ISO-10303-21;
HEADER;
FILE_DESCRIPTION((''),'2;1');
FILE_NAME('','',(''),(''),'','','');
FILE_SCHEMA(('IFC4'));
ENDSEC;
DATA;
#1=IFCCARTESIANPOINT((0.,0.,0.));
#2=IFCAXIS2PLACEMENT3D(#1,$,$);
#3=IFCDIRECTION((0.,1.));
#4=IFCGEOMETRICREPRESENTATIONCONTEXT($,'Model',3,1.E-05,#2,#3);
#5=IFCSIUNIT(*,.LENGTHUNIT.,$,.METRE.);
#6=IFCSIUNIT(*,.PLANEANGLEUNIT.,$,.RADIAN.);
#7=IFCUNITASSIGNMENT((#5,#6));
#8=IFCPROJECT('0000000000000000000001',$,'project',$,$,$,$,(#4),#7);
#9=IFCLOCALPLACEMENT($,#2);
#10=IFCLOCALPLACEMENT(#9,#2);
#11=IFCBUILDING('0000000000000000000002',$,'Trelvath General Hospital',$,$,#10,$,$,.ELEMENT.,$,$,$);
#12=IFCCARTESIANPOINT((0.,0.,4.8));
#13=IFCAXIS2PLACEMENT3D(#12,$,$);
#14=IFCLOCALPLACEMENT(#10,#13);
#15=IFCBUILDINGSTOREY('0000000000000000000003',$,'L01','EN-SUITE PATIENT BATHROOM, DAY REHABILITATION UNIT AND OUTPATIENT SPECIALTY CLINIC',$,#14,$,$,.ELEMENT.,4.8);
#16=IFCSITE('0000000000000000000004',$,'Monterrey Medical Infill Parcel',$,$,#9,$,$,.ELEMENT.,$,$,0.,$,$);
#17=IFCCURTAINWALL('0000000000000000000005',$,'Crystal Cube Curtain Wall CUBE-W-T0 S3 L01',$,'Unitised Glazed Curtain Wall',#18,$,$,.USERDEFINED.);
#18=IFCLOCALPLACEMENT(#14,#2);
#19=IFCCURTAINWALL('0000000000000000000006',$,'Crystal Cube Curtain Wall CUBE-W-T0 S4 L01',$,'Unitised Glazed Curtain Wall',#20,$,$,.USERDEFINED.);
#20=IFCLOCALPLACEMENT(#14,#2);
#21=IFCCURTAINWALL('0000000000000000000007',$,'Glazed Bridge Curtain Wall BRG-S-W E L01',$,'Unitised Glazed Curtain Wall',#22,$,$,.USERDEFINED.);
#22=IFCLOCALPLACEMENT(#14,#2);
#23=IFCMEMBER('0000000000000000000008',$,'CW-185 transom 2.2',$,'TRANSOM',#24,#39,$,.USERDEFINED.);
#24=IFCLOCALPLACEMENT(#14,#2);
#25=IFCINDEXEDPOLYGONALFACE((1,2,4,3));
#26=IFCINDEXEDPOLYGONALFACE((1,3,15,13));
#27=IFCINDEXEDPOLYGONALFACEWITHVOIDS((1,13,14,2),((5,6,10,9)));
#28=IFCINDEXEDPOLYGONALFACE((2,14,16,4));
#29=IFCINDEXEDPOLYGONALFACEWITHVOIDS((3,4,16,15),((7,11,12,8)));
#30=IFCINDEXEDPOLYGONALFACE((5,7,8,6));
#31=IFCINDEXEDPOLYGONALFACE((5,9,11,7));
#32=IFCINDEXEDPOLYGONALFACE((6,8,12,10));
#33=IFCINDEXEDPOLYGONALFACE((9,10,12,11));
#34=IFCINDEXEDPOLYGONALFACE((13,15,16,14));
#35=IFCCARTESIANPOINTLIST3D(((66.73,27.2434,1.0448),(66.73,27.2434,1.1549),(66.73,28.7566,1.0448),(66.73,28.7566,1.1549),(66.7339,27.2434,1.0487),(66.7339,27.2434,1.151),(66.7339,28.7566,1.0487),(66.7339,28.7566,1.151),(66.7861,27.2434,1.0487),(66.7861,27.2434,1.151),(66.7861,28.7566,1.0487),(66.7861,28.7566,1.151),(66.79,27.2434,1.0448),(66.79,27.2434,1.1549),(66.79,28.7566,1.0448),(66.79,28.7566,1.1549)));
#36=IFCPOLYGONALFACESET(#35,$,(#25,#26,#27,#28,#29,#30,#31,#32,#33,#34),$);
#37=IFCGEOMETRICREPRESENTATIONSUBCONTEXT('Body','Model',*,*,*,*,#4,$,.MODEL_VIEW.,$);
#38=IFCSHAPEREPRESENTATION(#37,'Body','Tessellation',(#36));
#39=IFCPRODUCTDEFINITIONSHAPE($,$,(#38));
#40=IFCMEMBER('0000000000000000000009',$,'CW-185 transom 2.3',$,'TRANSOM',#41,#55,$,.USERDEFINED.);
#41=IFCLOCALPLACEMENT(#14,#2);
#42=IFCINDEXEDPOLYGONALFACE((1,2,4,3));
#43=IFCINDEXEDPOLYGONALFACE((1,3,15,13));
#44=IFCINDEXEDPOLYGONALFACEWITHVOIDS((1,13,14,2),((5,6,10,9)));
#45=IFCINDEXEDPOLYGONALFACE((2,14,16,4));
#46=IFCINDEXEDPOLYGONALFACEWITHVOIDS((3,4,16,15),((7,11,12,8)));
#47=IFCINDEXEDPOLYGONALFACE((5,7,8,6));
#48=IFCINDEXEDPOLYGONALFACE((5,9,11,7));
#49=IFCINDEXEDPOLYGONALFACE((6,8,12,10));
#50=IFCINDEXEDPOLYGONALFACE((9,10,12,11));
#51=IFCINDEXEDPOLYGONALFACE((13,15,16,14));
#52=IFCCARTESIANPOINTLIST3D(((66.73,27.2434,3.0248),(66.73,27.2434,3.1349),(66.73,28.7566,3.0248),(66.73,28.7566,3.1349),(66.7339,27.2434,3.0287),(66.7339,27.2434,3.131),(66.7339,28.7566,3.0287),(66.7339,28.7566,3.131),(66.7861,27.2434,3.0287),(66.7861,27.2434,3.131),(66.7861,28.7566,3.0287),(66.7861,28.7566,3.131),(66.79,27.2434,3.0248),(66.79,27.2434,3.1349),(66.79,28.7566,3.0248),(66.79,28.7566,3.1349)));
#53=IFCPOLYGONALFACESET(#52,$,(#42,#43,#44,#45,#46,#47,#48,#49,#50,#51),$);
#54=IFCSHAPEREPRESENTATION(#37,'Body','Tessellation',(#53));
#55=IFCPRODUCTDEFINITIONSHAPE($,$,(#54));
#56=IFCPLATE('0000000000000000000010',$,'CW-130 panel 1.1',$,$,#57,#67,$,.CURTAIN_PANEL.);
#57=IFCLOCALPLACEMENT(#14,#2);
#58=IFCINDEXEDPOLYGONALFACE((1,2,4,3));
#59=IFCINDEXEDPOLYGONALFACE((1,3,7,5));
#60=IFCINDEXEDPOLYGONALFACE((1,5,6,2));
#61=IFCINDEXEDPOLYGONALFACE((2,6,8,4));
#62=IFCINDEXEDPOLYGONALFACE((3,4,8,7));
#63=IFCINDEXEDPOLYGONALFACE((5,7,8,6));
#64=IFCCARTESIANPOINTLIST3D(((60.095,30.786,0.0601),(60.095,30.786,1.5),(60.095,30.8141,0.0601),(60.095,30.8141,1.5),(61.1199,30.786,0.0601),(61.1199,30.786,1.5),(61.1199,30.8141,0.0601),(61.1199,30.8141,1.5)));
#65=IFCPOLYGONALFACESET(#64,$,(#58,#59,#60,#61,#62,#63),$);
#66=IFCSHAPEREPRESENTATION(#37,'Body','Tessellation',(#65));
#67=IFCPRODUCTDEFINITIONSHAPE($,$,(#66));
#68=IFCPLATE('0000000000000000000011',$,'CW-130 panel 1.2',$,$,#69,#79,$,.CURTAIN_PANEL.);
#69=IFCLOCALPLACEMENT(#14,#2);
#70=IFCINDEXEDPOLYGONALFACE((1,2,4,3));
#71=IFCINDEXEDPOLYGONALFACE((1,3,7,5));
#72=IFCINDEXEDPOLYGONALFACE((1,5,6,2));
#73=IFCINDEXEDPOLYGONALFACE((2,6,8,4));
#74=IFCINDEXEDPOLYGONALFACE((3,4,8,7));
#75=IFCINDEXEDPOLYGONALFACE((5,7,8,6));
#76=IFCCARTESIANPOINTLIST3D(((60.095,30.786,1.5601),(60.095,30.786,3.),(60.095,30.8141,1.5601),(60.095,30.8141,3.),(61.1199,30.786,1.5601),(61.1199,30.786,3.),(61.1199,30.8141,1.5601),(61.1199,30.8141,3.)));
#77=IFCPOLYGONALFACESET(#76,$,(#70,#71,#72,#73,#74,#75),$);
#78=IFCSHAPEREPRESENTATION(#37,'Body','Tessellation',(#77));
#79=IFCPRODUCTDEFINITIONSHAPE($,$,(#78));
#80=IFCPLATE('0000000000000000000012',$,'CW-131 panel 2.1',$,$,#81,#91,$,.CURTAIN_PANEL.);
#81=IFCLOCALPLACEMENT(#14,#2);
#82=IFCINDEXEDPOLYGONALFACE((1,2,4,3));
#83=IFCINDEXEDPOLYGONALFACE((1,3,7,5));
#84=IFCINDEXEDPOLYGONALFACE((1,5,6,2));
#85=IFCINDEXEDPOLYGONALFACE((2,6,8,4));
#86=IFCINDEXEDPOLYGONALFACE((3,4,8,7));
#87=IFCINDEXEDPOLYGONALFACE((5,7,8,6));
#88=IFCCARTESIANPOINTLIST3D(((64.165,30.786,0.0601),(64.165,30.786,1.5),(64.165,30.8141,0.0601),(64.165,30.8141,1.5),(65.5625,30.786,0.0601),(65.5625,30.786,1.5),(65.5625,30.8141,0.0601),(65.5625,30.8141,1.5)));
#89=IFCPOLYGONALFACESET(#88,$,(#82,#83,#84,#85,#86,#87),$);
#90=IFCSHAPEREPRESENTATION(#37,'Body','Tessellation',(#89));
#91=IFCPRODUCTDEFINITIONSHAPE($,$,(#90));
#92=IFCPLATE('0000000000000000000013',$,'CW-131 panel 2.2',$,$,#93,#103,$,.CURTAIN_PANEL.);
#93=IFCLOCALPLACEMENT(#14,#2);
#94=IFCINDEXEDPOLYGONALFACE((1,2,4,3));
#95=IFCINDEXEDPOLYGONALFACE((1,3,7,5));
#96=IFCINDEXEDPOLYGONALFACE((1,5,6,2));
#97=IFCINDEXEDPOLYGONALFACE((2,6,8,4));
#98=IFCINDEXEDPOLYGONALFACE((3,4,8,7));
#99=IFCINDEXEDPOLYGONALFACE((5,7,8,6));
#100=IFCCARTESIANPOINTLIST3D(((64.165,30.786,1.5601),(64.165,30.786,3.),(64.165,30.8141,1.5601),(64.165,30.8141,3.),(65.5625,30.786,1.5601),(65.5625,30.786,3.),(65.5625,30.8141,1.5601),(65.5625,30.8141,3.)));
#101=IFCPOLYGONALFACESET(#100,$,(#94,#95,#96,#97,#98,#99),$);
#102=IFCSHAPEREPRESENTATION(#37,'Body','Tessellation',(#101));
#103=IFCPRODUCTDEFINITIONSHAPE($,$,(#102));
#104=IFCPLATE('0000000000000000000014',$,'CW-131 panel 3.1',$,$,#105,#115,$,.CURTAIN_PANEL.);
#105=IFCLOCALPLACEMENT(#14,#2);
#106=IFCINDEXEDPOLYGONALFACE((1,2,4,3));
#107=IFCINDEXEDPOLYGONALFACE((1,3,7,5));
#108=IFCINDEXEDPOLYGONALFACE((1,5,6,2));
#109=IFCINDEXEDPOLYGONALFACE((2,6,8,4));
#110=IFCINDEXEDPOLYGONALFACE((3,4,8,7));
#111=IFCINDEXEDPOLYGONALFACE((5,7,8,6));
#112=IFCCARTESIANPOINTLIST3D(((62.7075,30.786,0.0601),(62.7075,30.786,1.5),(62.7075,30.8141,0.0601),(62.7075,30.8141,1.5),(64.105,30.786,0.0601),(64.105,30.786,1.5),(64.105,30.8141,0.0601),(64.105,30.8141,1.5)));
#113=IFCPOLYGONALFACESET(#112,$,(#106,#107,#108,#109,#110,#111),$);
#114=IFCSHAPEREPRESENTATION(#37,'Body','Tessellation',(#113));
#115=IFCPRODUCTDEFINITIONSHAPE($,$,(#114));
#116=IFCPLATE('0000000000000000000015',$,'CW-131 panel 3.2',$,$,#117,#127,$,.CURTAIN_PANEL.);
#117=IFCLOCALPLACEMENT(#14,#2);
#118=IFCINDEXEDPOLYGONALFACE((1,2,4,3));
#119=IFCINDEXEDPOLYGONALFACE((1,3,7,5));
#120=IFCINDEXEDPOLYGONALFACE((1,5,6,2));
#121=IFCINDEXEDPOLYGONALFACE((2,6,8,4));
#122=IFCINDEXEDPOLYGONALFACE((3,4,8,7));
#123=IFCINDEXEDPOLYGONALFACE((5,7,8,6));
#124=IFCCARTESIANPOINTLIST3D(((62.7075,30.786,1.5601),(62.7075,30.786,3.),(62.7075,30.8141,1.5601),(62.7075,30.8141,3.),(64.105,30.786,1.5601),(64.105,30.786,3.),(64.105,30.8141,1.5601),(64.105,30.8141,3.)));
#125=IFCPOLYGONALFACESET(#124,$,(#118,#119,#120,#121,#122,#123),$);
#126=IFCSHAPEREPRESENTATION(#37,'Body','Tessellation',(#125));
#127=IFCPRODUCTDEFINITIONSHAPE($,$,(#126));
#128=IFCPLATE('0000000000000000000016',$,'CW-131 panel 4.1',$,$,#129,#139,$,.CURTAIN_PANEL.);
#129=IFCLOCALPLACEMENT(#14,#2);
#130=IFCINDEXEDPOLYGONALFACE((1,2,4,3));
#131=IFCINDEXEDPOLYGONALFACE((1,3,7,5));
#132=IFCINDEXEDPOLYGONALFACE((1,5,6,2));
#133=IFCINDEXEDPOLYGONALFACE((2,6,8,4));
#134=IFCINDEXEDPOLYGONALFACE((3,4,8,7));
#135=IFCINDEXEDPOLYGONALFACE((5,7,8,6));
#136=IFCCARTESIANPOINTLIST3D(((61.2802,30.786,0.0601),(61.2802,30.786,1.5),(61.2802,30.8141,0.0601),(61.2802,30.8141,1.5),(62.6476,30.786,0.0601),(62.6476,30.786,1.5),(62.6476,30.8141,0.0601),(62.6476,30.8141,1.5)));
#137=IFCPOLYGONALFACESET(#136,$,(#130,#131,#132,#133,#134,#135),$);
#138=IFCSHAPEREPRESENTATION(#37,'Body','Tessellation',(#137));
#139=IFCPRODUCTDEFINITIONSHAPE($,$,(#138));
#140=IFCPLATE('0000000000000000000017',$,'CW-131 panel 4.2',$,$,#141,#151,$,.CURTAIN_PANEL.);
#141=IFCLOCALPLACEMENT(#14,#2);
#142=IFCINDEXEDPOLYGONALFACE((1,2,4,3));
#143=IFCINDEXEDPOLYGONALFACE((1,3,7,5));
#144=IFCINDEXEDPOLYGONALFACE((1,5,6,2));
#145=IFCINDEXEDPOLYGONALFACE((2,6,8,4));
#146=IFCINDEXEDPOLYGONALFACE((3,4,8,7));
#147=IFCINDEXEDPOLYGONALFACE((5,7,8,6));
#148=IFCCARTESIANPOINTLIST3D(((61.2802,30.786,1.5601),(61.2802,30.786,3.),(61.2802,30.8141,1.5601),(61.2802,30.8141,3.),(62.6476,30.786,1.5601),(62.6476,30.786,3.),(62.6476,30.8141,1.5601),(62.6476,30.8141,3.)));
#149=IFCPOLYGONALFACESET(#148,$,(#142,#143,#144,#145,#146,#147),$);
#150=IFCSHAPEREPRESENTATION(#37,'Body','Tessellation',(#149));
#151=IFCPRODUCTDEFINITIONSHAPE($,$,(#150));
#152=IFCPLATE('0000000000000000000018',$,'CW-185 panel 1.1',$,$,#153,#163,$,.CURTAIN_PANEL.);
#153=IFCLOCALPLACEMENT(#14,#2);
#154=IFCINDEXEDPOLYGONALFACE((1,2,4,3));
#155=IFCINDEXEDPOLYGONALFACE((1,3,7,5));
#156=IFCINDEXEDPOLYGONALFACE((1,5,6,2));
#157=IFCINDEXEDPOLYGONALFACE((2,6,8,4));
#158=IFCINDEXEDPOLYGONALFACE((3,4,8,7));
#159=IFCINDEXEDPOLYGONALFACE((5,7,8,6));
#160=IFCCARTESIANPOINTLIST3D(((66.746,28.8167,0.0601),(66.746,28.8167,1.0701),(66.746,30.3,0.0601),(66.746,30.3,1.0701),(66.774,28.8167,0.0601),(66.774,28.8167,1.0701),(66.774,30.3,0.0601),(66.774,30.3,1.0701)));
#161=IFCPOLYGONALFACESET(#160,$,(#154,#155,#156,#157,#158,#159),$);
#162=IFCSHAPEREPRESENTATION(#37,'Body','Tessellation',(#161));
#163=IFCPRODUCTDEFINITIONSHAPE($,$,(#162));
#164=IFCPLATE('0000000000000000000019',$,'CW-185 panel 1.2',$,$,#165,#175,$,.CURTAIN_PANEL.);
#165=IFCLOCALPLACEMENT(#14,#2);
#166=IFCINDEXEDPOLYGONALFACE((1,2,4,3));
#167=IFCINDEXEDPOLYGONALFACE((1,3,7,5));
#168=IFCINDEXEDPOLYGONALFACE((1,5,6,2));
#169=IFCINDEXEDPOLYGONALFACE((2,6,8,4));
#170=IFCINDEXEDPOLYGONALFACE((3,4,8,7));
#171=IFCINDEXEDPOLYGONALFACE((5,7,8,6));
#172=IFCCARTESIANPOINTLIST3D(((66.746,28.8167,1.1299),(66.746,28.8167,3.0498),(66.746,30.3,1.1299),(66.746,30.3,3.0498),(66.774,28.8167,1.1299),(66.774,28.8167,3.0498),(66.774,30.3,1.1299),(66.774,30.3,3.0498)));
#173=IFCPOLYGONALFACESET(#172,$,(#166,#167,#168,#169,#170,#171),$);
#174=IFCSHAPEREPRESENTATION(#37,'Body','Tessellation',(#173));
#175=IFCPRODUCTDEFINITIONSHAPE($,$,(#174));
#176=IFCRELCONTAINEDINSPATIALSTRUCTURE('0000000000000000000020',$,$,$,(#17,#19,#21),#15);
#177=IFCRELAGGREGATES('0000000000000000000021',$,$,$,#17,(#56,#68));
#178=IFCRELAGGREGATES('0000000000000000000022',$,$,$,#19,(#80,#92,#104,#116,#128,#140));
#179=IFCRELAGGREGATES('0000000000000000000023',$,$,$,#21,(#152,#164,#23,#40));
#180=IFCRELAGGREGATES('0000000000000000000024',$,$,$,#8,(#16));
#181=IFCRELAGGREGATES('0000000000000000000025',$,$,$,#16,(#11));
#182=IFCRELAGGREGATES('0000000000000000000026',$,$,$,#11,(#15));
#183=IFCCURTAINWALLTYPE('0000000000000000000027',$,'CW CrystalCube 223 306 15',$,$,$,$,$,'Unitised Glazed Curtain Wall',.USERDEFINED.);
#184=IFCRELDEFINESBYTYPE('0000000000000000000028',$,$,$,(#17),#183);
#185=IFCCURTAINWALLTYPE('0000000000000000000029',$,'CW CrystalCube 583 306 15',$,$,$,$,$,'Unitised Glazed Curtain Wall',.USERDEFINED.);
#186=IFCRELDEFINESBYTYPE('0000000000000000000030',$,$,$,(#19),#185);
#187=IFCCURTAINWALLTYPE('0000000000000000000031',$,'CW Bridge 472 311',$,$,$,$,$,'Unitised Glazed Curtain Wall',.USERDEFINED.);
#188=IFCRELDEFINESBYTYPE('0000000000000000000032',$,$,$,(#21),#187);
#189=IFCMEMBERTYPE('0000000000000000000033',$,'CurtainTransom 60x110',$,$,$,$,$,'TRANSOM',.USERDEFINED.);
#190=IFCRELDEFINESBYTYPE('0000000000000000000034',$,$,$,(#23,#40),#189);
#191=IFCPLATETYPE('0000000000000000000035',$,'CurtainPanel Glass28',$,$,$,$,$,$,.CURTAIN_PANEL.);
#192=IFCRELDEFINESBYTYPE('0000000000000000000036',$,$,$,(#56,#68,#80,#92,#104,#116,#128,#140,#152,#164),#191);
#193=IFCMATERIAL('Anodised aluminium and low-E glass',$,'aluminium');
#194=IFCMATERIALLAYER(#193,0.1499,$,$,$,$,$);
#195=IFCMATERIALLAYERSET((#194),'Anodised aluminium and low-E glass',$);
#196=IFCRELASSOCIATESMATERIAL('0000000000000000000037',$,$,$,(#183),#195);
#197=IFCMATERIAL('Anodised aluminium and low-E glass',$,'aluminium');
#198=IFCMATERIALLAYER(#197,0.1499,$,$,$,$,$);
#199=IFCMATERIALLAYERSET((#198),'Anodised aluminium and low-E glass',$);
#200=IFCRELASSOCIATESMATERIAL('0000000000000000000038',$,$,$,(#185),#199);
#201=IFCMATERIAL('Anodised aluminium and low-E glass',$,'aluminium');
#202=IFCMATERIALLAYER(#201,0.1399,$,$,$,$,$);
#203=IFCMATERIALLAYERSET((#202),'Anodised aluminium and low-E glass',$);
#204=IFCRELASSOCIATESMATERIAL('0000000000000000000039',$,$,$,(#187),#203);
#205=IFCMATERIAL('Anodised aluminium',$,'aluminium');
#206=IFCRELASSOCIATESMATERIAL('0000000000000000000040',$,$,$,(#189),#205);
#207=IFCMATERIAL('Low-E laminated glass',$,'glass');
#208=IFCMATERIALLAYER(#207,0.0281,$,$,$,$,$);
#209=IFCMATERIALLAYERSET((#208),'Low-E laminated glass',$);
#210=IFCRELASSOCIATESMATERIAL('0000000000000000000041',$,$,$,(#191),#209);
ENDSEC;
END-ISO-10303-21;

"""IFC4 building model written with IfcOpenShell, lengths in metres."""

from ifc_helpers import new_model, si_unit, direction, frame, origin, origin_2d, place, context, subcontext, project, spatial, rectangle, hollow_rectangle, extrude, material, layer, layer_set, material_profile, profile_set, type_object, element, aggregate, save


model = new_model("IFC4")

# Units and contexts
model_context = context("Model", 3, precision=1e-05, world=origin(), true_north=direction((0.0, 1.0)))
body_context = subcontext(model_context, "Body", "Model", "MODEL_VIEW")
ifc_project = project(units=[si_unit("LENGTHUNIT", "METRE"), si_unit("PLANEANGLEUNIT", "RADIAN")], contexts=[model_context])

# Site, building, storey
site_placement = place(None, origin())
site = spatial("IfcSite", under=ifc_project, at=site_placement, Name="Monterrey Medical Infill Parcel", CompositionType="ELEMENT", RefElevation=0.0)
building_placement = place(site_placement, origin())
building = spatial("IfcBuilding", under=site, at=building_placement, Name="Trelvath General Hospital", CompositionType="ELEMENT")
storey_placement = place(building_placement, frame((0.0, 0.0, 4.8)))
storey = spatial("IfcBuildingStorey", under=building, at=storey_placement, Name="L01", Description="EN-SUITE PATIENT BATHROOM, DAY REHABILITATION UNIT AND OUTPATIENT SPECIALTY CLINIC", CompositionType="ELEMENT", Elevation=4.8)

# Curtain wall
ifc_material_1 = material(Name="Anodised aluminium and low-E glass", Category="aluminium")
ifc_layer_1 = layer(ifc_material_1, 0.1499)
ifc_layer_set_1 = layer_set([ifc_layer_1], Name="Anodised aluminium and low-E glass")
curtain_wall_type_1 = type_object("IfcCurtainWallType", Name="CW CrystalCube 223 306 15", ElementType="Unitised Glazed Curtain Wall", PredefinedType="USERDEFINED", material=ifc_layer_set_1)
curtain_wall_1_placement = place(storey_placement, origin())
curtain_wall_1 = element("IfcCurtainWall", 1, at=curtain_wall_1_placement, inside=storey, type_object=curtain_wall_type_1, Name="Crystal Cube Curtain Wall CUBE-W-T0 S3 L01", ObjectType="Unitised Glazed Curtain Wall", PredefinedType="USERDEFINED")

# Curtain walls
ifc_material_2 = material(Name="Anodised aluminium and low-E glass", Category="aluminium")
ifc_layer_2 = layer(ifc_material_2, 0.1499)
ifc_layer_set_2 = layer_set([ifc_layer_2], Name="Anodised aluminium and low-E glass")
curtain_wall_type_2 = type_object("IfcCurtainWallType", Name="CW CrystalCube 583 306 15", ElementType="Unitised Glazed Curtain Wall", PredefinedType="USERDEFINED", material=ifc_layer_set_2)
curtain_wall_2_placement = place(storey_placement, origin())
curtain_wall_2 = element("IfcCurtainWall", 2, at=curtain_wall_2_placement, inside=storey, type_object=curtain_wall_type_2, Name="Crystal Cube Curtain Wall CUBE-W-T0 S4 L01", ObjectType="Unitised Glazed Curtain Wall", PredefinedType="USERDEFINED")
ifc_material_3 = material(Name="Anodised aluminium and low-E glass", Category="aluminium")
ifc_layer_3 = layer(ifc_material_3, 0.1399)
ifc_layer_set_3 = layer_set([ifc_layer_3], Name="Anodised aluminium and low-E glass")
curtain_wall_type_3 = type_object("IfcCurtainWallType", Name="CW Bridge 472 311", ElementType="Unitised Glazed Curtain Wall", PredefinedType="USERDEFINED", material=ifc_layer_set_3)
curtain_wall_3_placement = place(storey_placement, origin())
curtain_wall_3 = element("IfcCurtainWall", 3, at=curtain_wall_3_placement, inside=storey, type_object=curtain_wall_type_3, Name="Glazed Bridge Curtain Wall BRG-S-W E L01", ObjectType="Unitised Glazed Curtain Wall", PredefinedType="USERDEFINED")

# Members
ifc_material_4 = material(Name="Anodised aluminium", Category="aluminium")
ifc_material_profile_1 = material_profile(ifc_material_4, hollow_rectangle(XDim=0.0601, YDim=0.1101, WallThickness=0.0039, at=origin_2d()), Name="RHS60x110x4")
ifc_profile_set_1 = profile_set([ifc_material_profile_1], Name="Anodised aluminium")
member_type_1 = type_object("IfcMemberType", Name="CurtainTransom 60x110", ElementType="TRANSOM", PredefinedType="USERDEFINED", material=ifc_profile_set_1)
member_1_placement = place(storey_placement, frame((66.76, 28.7566, 1.0999), z_axis=(0.0, -1.0, 0.0), x_axis=(1.0, 0.0, 0.0)))
member_1 = element("IfcMember", 4, at=member_1_placement, type_object=member_type_1, Name="CW-185 transom 2.2", ObjectType="TRANSOM", PredefinedType="USERDEFINED", context=body_context, shape_type="SweptSolid", body=[
    extrude(hollow_rectangle(XDim=0.0601, YDim=0.1101, WallThickness=0.0039, at=origin_2d()), origin(), (0.0, 0.0, 1.0), 1.5132),
])
member_2_placement = place(storey_placement, frame((66.76, 28.7566, 3.0798), z_axis=(0.0, -1.0, 0.0), x_axis=(1.0, 0.0, 0.0)))
member_2 = element("IfcMember", 5, at=member_2_placement, type_object=member_type_1, Name="CW-185 transom 2.3", ObjectType="TRANSOM", PredefinedType="USERDEFINED", context=body_context, shape_type="SweptSolid", body=[
    extrude(hollow_rectangle(XDim=0.0601, YDim=0.1101, WallThickness=0.0039, at=origin_2d()), origin(), (0.0, 0.0, 1.0), 1.5132),
])

# Plates
ifc_material_5 = material(Name="Low-E laminated glass", Category="glass")
ifc_layer_4 = layer(ifc_material_5, 0.0281)
ifc_layer_set_4 = layer_set([ifc_layer_4], Name="Low-E laminated glass")
plate_type = type_object("IfcPlateType", Name="CurtainPanel Glass28", PredefinedType="CURTAIN_PANEL", material=ifc_layer_set_4)
plate_1_placement = place(storey_placement, frame((60.6074, 30.8, 0.0601), z_axis=(0.0, 0.0, 1.0), x_axis=(-1.0, 0.0, 0.0)))
plate_1 = element("IfcPlate", 6, at=plate_1_placement, type_object=plate_type, Name="CW-130 panel 1.1", PredefinedType="CURTAIN_PANEL", context=body_context, shape_type="SweptSolid", body=[
    extrude(rectangle(XDim=1.0249, YDim=0.0281, at=origin_2d()), origin(), (0.0, 0.0, 1.0), 1.4399),
])
plate_2_placement = place(storey_placement, frame((60.6074, 30.8, 1.5601), z_axis=(0.0, 0.0, 1.0), x_axis=(-1.0, 0.0, 0.0)))
plate_2 = element("IfcPlate", 7, at=plate_2_placement, type_object=plate_type, Name="CW-130 panel 1.2", PredefinedType="CURTAIN_PANEL", context=body_context, shape_type="SweptSolid", body=[
    extrude(rectangle(XDim=1.0249, YDim=0.0281, at=origin_2d()), origin(), (0.0, 0.0, 1.0), 1.4399),
])
aggregate(curtain_wall_1, [plate_1, plate_2])
plate_3_placement = place(storey_placement, frame((64.8638, 30.8, 0.0601), z_axis=(0.0, 0.0, 1.0), x_axis=(-1.0, 0.0, 0.0)))
plate_3 = element("IfcPlate", 8, at=plate_3_placement, type_object=plate_type, Name="CW-131 panel 2.1", PredefinedType="CURTAIN_PANEL", context=body_context, shape_type="SweptSolid", body=[
    extrude(rectangle(XDim=1.3975, YDim=0.0281, at=origin_2d()), origin(), (0.0, 0.0, 1.0), 1.4399),
])
plate_4_placement = place(storey_placement, frame((64.8638, 30.8, 1.5601), z_axis=(0.0, 0.0, 1.0), x_axis=(-1.0, 0.0, 0.0)))
plate_4 = element("IfcPlate", 9, at=plate_4_placement, type_object=plate_type, Name="CW-131 panel 2.2", PredefinedType="CURTAIN_PANEL", context=body_context, shape_type="SweptSolid", body=[
    extrude(rectangle(XDim=1.3975, YDim=0.0281, at=origin_2d()), origin(), (0.0, 0.0, 1.0), 1.4399),
])
plate_5_placement = place(storey_placement, frame((63.4062, 30.8, 0.0601), z_axis=(0.0, 0.0, 1.0), x_axis=(-1.0, 0.0, 0.0)))
plate_5 = element("IfcPlate", 10, at=plate_5_placement, type_object=plate_type, Name="CW-131 panel 3.1", PredefinedType="CURTAIN_PANEL", context=body_context, shape_type="SweptSolid", body=[
    extrude(rectangle(XDim=1.3975, YDim=0.0281, at=origin_2d()), origin(), (0.0, 0.0, 1.0), 1.4399),
])
plate_6_placement = place(storey_placement, frame((63.4062, 30.8, 1.5601), z_axis=(0.0, 0.0, 1.0), x_axis=(-1.0, 0.0, 0.0)))
plate_6 = element("IfcPlate", 11, at=plate_6_placement, type_object=plate_type, Name="CW-131 panel 3.2", PredefinedType="CURTAIN_PANEL", context=body_context, shape_type="SweptSolid", body=[
    extrude(rectangle(XDim=1.3975, YDim=0.0281, at=origin_2d()), origin(), (0.0, 0.0, 1.0), 1.4399),
])
plate_7_placement = place(storey_placement, frame((61.9639, 30.8, 0.0601), z_axis=(0.0, 0.0, 1.0), x_axis=(-1.0, 0.0, 0.0)))
plate_7 = element("IfcPlate", 12, at=plate_7_placement, type_object=plate_type, Name="CW-131 panel 4.1", PredefinedType="CURTAIN_PANEL", context=body_context, shape_type="SweptSolid", body=[
    extrude(rectangle(XDim=1.3674, YDim=0.0281, at=origin_2d()), origin(), (0.0, 0.0, 1.0), 1.4399),
])
plate_8_placement = place(storey_placement, frame((61.9639, 30.8, 1.5601), z_axis=(0.0, 0.0, 1.0), x_axis=(-1.0, 0.0, 0.0)))
plate_8 = element("IfcPlate", 13, at=plate_8_placement, type_object=plate_type, Name="CW-131 panel 4.2", PredefinedType="CURTAIN_PANEL", context=body_context, shape_type="SweptSolid", body=[
    extrude(rectangle(XDim=1.3674, YDim=0.0281, at=origin_2d()), origin(), (0.0, 0.0, 1.0), 1.4399),
])
aggregate(curtain_wall_2, [plate_3, plate_4, plate_5, plate_6, plate_7, plate_8])
plate_9_placement = place(storey_placement, frame((66.76, 29.5583, 0.0601), z_axis=(0.0, 0.0, 1.0), x_axis=(0.0, -1.0, 0.0)))
plate_9 = element("IfcPlate", 14, at=plate_9_placement, type_object=plate_type, Name="CW-185 panel 1.1", PredefinedType="CURTAIN_PANEL", context=body_context, shape_type="SweptSolid", body=[
    extrude(rectangle(XDim=1.4834, YDim=0.0281, at=origin_2d()), origin(), (0.0, 0.0, 1.0), 1.01),
])
plate_10_placement = place(storey_placement, frame((66.76, 29.5583, 1.1299), z_axis=(0.0, 0.0, 1.0), x_axis=(0.0, -1.0, 0.0)))
plate_10 = element("IfcPlate", 15, at=plate_10_placement, type_object=plate_type, Name="CW-185 panel 1.2", PredefinedType="CURTAIN_PANEL", context=body_context, shape_type="SweptSolid", body=[
    extrude(rectangle(XDim=1.4834, YDim=0.0281, at=origin_2d()), origin(), (0.0, 0.0, 1.0), 1.9199),
])
aggregate(curtain_wall_3, [plate_9, plate_10, member_1, member_2])

save(model, "model.ifc")
